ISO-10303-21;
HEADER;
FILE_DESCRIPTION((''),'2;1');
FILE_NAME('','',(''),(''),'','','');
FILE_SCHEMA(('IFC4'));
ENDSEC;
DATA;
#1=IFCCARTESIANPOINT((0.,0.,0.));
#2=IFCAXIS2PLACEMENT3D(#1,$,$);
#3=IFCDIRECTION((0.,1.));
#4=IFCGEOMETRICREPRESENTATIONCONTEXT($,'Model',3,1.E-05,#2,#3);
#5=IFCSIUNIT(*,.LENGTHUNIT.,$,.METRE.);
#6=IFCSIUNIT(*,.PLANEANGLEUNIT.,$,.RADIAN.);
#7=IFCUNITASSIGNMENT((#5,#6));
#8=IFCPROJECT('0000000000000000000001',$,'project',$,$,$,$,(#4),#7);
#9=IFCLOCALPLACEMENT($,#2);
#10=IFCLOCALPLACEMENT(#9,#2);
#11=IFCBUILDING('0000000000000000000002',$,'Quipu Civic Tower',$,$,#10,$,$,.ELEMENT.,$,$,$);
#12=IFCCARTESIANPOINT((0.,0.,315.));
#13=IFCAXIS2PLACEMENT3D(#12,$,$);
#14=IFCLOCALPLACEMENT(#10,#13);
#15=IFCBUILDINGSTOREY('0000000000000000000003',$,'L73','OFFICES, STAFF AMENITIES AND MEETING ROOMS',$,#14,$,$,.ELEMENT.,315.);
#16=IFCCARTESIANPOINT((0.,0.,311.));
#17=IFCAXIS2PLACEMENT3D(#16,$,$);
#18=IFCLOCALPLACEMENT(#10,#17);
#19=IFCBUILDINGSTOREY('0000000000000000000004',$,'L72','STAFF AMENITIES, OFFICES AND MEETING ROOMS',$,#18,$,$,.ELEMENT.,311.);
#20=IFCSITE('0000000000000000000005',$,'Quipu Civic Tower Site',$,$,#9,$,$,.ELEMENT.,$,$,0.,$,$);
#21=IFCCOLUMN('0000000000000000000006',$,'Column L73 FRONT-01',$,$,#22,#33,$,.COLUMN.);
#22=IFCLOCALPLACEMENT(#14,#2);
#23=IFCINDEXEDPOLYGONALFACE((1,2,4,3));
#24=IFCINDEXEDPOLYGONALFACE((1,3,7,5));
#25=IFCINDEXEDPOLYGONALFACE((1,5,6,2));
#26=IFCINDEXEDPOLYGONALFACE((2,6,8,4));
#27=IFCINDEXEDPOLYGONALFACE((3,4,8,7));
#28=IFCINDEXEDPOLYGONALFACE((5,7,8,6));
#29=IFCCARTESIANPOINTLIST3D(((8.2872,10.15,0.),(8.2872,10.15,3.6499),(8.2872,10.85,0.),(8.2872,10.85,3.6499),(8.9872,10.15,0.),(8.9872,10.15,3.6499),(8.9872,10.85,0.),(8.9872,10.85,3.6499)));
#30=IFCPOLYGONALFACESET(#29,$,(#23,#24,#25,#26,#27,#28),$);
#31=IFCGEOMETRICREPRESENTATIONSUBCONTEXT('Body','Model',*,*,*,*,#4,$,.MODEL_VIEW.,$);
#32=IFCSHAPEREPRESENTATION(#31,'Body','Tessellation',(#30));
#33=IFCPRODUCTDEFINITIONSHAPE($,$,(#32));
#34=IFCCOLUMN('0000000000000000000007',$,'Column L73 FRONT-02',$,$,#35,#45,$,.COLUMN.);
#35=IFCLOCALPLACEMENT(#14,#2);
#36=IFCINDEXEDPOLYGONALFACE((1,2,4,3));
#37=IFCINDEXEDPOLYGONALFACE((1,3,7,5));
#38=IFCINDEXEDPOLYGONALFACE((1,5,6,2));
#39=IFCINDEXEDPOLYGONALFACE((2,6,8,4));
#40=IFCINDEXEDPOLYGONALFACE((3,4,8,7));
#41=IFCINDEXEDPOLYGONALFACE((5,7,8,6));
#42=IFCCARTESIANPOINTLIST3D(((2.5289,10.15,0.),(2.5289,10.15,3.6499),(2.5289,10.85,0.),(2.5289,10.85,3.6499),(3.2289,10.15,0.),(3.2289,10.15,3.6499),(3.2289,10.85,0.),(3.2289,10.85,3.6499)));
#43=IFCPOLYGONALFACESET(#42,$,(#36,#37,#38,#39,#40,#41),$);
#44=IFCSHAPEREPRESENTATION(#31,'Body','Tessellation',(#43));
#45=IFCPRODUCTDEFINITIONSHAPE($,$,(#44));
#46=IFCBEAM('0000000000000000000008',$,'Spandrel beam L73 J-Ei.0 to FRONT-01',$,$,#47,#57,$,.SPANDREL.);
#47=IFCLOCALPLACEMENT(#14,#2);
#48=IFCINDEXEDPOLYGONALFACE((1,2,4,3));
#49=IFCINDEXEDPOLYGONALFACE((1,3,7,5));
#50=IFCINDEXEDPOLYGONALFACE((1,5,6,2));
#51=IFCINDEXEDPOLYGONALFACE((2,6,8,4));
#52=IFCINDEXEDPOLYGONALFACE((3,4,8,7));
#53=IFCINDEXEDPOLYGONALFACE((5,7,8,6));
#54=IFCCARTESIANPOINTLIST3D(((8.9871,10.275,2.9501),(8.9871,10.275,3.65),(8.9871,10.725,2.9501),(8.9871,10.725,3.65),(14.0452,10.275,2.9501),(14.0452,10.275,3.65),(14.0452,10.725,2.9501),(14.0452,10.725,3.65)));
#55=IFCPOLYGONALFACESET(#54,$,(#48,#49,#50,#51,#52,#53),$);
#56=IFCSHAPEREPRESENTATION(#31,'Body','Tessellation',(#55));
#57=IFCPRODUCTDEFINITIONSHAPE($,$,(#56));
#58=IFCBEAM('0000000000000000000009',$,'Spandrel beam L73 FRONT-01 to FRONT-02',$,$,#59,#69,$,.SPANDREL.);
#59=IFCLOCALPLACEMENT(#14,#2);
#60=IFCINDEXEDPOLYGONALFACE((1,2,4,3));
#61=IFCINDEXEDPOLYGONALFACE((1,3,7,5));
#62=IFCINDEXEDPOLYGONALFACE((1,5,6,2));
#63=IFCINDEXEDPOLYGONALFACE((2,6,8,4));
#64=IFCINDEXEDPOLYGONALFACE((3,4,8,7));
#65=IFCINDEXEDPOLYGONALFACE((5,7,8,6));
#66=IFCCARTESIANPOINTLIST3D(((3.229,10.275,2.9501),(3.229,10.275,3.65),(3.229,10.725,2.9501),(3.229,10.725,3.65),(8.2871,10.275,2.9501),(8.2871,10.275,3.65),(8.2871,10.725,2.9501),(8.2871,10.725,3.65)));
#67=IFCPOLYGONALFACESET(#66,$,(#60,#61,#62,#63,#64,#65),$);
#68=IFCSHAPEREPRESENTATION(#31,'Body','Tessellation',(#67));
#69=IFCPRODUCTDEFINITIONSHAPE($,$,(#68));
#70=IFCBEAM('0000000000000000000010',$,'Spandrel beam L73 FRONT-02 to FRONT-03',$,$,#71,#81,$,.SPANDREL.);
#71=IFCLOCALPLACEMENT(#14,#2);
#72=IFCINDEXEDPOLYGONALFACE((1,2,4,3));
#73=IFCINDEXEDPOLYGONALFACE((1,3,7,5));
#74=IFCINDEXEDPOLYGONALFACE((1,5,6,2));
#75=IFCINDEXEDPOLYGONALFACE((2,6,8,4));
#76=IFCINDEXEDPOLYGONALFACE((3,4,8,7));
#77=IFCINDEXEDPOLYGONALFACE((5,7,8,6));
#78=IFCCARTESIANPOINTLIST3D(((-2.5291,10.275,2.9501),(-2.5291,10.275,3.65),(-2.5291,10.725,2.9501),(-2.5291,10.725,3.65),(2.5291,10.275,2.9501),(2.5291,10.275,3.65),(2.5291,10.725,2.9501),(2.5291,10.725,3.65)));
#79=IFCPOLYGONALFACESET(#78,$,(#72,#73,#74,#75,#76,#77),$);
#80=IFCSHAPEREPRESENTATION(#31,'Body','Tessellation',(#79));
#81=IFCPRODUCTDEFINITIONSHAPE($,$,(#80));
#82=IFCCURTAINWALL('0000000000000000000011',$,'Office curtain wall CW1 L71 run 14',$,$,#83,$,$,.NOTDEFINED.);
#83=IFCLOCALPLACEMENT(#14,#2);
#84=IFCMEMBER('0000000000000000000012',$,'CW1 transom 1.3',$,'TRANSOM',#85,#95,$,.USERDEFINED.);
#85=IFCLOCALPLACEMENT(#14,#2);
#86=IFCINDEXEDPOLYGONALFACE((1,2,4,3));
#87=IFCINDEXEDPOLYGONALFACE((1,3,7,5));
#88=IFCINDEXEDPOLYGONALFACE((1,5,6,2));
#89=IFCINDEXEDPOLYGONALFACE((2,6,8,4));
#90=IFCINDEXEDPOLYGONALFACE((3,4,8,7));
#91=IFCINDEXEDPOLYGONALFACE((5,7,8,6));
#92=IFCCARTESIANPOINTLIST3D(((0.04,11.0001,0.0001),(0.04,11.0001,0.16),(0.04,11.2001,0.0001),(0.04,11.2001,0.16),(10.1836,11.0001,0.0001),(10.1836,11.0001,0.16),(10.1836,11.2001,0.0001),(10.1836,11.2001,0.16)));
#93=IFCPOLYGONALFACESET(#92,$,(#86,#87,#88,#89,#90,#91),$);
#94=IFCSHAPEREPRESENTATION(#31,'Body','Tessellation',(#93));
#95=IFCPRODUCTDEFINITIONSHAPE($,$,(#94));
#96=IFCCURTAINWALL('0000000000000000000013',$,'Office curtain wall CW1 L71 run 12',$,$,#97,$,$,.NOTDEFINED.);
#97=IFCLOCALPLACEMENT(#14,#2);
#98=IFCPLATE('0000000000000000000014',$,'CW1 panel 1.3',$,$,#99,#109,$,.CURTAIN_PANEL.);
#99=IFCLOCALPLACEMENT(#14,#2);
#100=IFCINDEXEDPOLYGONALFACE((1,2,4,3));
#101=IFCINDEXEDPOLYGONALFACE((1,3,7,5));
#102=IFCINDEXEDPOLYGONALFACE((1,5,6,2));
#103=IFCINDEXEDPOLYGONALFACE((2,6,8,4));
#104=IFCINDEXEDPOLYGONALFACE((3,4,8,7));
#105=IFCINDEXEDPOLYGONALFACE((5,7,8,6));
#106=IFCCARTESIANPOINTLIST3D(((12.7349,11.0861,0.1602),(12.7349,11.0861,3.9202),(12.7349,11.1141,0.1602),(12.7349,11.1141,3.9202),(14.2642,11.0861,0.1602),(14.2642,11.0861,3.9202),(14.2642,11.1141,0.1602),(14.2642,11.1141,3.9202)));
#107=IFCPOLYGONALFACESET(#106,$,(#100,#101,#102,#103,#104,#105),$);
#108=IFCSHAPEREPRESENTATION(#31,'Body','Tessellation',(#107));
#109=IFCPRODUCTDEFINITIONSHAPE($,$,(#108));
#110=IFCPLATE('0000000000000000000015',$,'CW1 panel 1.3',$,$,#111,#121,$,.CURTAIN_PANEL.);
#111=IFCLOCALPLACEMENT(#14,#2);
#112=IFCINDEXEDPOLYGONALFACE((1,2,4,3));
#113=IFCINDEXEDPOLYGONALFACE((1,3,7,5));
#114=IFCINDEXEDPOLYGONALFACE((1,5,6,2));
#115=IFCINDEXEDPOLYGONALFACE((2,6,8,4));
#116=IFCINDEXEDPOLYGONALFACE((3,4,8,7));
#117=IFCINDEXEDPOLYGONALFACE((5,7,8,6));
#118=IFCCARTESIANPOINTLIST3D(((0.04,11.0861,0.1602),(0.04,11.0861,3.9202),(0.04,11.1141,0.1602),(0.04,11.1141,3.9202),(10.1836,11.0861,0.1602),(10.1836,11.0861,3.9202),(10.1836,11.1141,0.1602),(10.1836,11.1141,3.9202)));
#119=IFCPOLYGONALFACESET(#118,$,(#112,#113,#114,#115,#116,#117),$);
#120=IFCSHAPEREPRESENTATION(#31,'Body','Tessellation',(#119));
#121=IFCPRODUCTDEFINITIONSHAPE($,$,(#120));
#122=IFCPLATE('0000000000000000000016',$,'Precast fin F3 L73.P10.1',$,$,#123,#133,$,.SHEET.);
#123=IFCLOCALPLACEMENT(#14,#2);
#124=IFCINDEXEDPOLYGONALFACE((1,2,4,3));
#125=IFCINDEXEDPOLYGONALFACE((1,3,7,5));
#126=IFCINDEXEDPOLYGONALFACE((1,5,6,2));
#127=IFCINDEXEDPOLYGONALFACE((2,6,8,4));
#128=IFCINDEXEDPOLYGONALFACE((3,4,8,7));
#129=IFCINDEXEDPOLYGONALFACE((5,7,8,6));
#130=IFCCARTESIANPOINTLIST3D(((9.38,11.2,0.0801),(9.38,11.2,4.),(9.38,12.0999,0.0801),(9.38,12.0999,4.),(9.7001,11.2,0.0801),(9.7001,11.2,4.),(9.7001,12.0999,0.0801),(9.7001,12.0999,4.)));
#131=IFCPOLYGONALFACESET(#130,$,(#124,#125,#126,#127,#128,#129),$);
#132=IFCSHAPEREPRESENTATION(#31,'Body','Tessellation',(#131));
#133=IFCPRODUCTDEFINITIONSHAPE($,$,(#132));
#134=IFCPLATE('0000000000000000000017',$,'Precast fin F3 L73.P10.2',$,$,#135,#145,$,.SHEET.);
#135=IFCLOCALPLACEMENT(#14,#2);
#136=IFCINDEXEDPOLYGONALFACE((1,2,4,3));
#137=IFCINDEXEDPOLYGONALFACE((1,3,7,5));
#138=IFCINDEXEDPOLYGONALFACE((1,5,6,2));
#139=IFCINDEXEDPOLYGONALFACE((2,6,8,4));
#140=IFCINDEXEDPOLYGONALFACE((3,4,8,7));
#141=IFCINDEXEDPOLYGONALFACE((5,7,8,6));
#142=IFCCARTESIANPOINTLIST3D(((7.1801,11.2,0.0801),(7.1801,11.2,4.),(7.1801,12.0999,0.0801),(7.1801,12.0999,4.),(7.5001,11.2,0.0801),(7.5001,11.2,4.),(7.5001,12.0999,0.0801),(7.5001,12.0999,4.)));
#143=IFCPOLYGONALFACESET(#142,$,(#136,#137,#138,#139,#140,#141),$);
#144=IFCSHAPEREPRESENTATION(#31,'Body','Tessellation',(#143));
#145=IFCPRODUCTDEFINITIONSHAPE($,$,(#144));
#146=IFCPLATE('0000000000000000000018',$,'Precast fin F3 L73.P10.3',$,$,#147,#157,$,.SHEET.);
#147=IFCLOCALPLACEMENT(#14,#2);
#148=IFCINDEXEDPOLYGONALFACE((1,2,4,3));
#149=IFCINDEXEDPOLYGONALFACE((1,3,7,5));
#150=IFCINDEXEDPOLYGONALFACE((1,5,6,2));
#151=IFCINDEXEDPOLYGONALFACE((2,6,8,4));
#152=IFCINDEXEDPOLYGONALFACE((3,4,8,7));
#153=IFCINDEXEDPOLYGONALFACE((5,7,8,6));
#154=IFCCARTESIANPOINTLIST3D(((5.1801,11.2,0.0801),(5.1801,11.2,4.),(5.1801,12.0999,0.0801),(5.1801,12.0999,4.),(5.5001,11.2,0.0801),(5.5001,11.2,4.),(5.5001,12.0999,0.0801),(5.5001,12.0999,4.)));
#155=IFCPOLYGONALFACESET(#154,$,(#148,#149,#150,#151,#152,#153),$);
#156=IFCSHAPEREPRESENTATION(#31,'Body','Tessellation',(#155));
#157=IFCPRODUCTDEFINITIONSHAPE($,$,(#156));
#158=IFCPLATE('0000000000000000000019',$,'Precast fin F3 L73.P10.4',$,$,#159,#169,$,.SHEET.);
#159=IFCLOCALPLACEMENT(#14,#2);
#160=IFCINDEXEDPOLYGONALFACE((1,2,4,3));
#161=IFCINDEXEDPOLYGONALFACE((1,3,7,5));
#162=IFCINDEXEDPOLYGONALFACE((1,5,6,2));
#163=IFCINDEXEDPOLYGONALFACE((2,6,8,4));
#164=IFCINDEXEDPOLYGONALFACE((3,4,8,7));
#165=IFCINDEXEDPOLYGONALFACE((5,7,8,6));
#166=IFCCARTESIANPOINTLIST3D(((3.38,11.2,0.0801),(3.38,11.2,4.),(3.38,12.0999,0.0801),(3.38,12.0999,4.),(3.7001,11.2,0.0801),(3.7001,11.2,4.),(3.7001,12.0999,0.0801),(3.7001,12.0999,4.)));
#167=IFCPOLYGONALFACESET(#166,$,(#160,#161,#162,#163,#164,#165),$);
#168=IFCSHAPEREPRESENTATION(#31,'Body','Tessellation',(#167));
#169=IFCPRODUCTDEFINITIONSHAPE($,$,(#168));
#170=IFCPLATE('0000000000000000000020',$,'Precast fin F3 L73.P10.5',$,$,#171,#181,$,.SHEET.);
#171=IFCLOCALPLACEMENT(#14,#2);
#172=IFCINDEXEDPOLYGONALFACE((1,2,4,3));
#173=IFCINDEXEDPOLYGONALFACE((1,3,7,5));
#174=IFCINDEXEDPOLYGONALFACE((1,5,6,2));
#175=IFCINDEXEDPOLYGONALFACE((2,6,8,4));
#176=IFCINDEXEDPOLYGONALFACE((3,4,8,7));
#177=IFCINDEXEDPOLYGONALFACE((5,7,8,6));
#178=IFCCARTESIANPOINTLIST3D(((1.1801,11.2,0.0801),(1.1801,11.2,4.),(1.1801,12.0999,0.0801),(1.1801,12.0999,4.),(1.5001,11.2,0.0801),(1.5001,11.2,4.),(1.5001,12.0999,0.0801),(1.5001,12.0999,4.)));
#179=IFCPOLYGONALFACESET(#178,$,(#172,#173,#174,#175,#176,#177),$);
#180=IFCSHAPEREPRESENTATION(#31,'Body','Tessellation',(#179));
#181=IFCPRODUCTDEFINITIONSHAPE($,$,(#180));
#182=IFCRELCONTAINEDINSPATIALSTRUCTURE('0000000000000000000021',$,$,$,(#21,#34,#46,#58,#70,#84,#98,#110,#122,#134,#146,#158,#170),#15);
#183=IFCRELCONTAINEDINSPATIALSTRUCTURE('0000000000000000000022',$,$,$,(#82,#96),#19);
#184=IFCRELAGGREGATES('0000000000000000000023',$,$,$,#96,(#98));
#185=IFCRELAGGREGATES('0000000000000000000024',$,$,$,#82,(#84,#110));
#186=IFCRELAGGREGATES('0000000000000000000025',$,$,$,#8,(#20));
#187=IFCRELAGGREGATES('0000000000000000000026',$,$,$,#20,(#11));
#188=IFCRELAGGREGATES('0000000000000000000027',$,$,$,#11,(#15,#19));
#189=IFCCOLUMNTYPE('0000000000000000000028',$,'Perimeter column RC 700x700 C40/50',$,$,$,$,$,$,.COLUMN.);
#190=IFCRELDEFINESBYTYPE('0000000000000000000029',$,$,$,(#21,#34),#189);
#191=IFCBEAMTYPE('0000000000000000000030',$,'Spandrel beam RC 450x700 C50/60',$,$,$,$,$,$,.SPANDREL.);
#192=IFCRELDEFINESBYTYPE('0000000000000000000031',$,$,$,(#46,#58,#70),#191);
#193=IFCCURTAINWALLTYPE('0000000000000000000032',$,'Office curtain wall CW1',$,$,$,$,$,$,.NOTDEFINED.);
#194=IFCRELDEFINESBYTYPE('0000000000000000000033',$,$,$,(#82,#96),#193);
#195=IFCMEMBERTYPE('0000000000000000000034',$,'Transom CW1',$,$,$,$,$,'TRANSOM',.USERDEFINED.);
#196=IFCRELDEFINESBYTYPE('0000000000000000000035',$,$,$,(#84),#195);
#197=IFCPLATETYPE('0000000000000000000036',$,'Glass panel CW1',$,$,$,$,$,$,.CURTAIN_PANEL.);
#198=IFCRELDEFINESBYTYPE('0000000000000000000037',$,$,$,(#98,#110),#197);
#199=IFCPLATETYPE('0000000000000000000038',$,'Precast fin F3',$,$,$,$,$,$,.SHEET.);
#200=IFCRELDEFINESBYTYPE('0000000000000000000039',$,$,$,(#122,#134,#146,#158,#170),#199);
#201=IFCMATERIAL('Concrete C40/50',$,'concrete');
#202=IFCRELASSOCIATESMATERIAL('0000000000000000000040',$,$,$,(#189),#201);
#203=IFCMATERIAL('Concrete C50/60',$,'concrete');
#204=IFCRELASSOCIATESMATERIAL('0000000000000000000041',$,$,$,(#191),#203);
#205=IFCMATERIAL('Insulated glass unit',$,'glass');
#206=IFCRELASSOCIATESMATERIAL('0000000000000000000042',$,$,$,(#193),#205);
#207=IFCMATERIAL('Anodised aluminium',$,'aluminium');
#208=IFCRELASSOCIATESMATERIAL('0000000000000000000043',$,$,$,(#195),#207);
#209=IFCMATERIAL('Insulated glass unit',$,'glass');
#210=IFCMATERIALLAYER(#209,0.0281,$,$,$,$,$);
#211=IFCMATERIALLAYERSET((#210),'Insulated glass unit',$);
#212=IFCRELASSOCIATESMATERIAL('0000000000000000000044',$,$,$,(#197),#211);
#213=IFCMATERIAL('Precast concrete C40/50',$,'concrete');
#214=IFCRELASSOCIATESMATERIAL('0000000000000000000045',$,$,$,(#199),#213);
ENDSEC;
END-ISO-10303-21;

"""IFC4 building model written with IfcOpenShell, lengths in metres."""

from ifc_helpers import new_model, si_unit, direction, frame, origin, origin_2d, place, context, subcontext, project, spatial, rectangle, extrude, material, layer, layer_set, material_profile, profile_set, type_object, element, aggregate, save


model = new_model("IFC4")

# Units and contexts
model_context = context("Model", 3, precision=1e-05, world=origin(), true_north=direction((0.0, 1.0)))
body_context = subcontext(model_context, "Body", "Model", "MODEL_VIEW")
ifc_project = project(units=[si_unit("LENGTHUNIT", "METRE"), si_unit("PLANEANGLEUNIT", "RADIAN")], contexts=[model_context])

# Site, building, storey
site_placement = place(None, origin())
site = spatial("IfcSite", under=ifc_project, at=site_placement, Name="Quipu Civic Tower Site", CompositionType="ELEMENT", RefElevation=0.0)
building_placement = place(site_placement, origin())
building = spatial("IfcBuilding", under=site, at=building_placement, Name="Quipu Civic Tower", CompositionType="ELEMENT")
storey_1_placement = place(building_placement, frame((0.0, 0.0, 315.0)))
storey_1 = spatial("IfcBuildingStorey", under=building, at=storey_1_placement, Name="L73", Description="OFFICES, STAFF AMENITIES AND MEETING ROOMS", CompositionType="ELEMENT", Elevation=315.0)

# Columns
ifc_material_1 = material(Name="Concrete C40/50", Category="concrete")
ifc_material_profile_1 = material_profile(ifc_material_1, rectangle(XDim=0.7, YDim=0.7, at=origin_2d()), Name="RC700x700")
ifc_profile_set_1 = profile_set([ifc_material_profile_1], Name="Concrete C40/50")
column_type = type_object("IfcColumnType", Name="Perimeter column RC 700x700 C40/50", PredefinedType="COLUMN", material=ifc_profile_set_1)
for number, where, z_axis, x_axis, name in (
    (1, (8.6372, 10.5, 0.0), (0.0, 0.0, 1.0), (-1.0, 0.0, 0.0), "Column L73 FRONT-01"),
    (2, (2.8789, 10.5, 0.0), (0.0, 0.0, 1.0), (-1.0, 0.0, 0.0), "Column L73 FRONT-02"),
):
    element("IfcColumn", number, at=place(storey_1_placement, frame(where, z_axis=z_axis, x_axis=x_axis)), inside=storey_1, type_object=column_type, Name=name, PredefinedType="COLUMN", context=body_context, shape_type="SweptSolid", body=[
        extrude(rectangle(XDim=0.7, YDim=0.7, at=origin_2d()), origin(), (0.0, 0.0, 1.0), 3.6499),
    ])

# Beams
ifc_material_2 = material(Name="Concrete C50/60", Category="concrete")
ifc_material_profile_2 = material_profile(ifc_material_2, rectangle(XDim=0.45, YDim=0.7, at=origin_2d()), Name="RC450x700")
ifc_profile_set_2 = profile_set([ifc_material_profile_2], Name="Concrete C50/60")
beam_type = type_object("IfcBeamType", Name="Spandrel beam RC 450x700 C50/60", PredefinedType="SPANDREL", material=ifc_profile_set_2)
for number, where, z_axis, x_axis, name in (
    (3, (14.0452, 10.5, 3.3), (-1.0, 0.0, 0.0), (0.0, -1.0, 0.0), "Spandrel beam L73 J-Ei.0 to FRONT-01"),
    (4, (8.2871, 10.5, 3.3), (-1.0, 0.0, 0.0), (0.0, -1.0, 0.0), "Spandrel beam L73 FRONT-01 to FRONT-02"),
    (5, (2.5291, 10.5, 3.3), (-1.0, 0.0, 0.0), (0.0, -1.0, 0.0), "Spandrel beam L73 FRONT-02 to FRONT-03"),
):
    element("IfcBeam", number, at=place(storey_1_placement, frame(where, z_axis=z_axis, x_axis=x_axis)), inside=storey_1, type_object=beam_type, Name=name, PredefinedType="SPANDREL", context=body_context, shape_type="SweptSolid", body=[
        extrude(rectangle(XDim=0.45, YDim=0.7, at=origin_2d()), origin(), (0.0, 0.0, 1.0), 5.0581),
    ])

# Shared definitions
storey_2_placement = place(building_placement, frame((0.0, 0.0, 311.0)))
storey_2 = spatial("IfcBuildingStorey", under=building, at=storey_2_placement, Name="L72", Description="STAFF AMENITIES, OFFICES AND MEETING ROOMS", CompositionType="ELEMENT", Elevation=311.0)

# Curtain wall, member
ifc_material_3 = material(Name="Insulated glass unit", Category="glass")
curtain_wall_type = type_object("IfcCurtainWallType", Name="Office curtain wall CW1", PredefinedType="NOTDEFINED", material=ifc_material_3)
curtain_wall_1_placement = place(storey_2_placement, origin())
curtain_wall_1 = element("IfcCurtainWall", 6, at=curtain_wall_1_placement, inside=storey_2, type_object=curtain_wall_type, Name="Office curtain wall CW1 L71 run 14", PredefinedType="NOTDEFINED")
ifc_material_4 = material(Name="Anodised aluminium", Category="aluminium")
ifc_material_profile_3 = material_profile(ifc_material_4, rectangle(XDim=0.2, YDim=0.1599, at=origin_2d()), Name="RECT 200x160")
ifc_profile_set_3 = profile_set([ifc_material_profile_3], Name="Anodised aluminium")
member_type = type_object("IfcMemberType", Name="Transom CW1", ElementType="TRANSOM", PredefinedType="USERDEFINED", material=ifc_profile_set_3)
member_placement = place(storey_1_placement, frame((10.1836, 11.1001, 0.0801), z_axis=(-1.0, 0.0, 0.0), x_axis=(0.0, -1.0, 0.0)))
member = element("IfcMember", 7, at=member_placement, inside=storey_1, type_object=member_type, Name="CW1 transom 1.3", ObjectType="TRANSOM", PredefinedType="USERDEFINED", context=body_context, shape_type="SweptSolid", body=[
    extrude(rectangle(XDim=0.2, YDim=0.1599, at=origin_2d()), origin(), (0.0, 0.0, 1.0), 10.1436),
])

# Curtain wall, plate
curtain_wall_2_placement = place(storey_2_placement, origin())
curtain_wall_2 = element("IfcCurtainWall", 8, at=curtain_wall_2_placement, inside=storey_2, type_object=curtain_wall_type, Name="Office curtain wall CW1 L71 run 12", PredefinedType="NOTDEFINED")
ifc_material_5 = material(Name="Insulated glass unit", Category="glass")
ifc_layer_1 = layer(ifc_material_5, 0.0281)
ifc_layer_set_1 = layer_set([ifc_layer_1], Name="Insulated glass unit")
plate_type_1 = type_object("IfcPlateType", Name="Glass panel CW1", PredefinedType="CURTAIN_PANEL", material=ifc_layer_set_1)
plate_1_placement = place(storey_1_placement, frame((13.4995, 11.1001, 0.1602), z_axis=(0.0, 0.0, 1.0), x_axis=(-1.0, 0.0, 0.0)))
plate_1 = element("IfcPlate", 9, at=plate_1_placement, inside=storey_1, type_object=plate_type_1, Name="CW1 panel 1.3", PredefinedType="CURTAIN_PANEL", context=body_context, shape_type="SweptSolid", body=[
    extrude(rectangle(XDim=1.5293, YDim=0.0281, at=origin_2d()), origin(), (0.0, 0.0, 1.0), 3.76),
])
aggregate(curtain_wall_2, [plate_1])

# Plate
plate_2_placement = place(storey_1_placement, frame((5.1118, 11.1001, 0.1602), z_axis=(0.0, 0.0, 1.0), x_axis=(-1.0, 0.0, 0.0)))
plate_2 = element("IfcPlate", 10, at=plate_2_placement, inside=storey_1, type_object=plate_type_1, Name="CW1 panel 1.3", PredefinedType="CURTAIN_PANEL", context=body_context, shape_type="SweptSolid", body=[
    extrude(rectangle(XDim=10.1436, YDim=0.0281, at=origin_2d()), origin(), (0.0, 0.0, 1.0), 3.76),
])
aggregate(curtain_wall_1, [member, plate_2])

# Plates
ifc_material_6 = material(Name="Precast concrete C40/50", Category="concrete")
plate_type_2 = type_object("IfcPlateType", Name="Precast fin F3", PredefinedType="SHEET", material=ifc_material_6)
for number, where, z_axis, x_axis, name in (
    (11, (9.54, 11.6499, 0.0801), (0.0, 0.0, 1.0), (-1.0, 0.0, 0.0), "Precast fin F3 L73.P10.1"),
    (12, (7.3401, 11.6499, 0.0801), (0.0, 0.0, 1.0), (-1.0, 0.0, 0.0), "Precast fin F3 L73.P10.2"),
    (13, (5.3401, 11.6499, 0.0801), (0.0, 0.0, 1.0), (-1.0, 0.0, 0.0), "Precast fin F3 L73.P10.3"),
    (14, (3.54, 11.6499, 0.0801), (0.0, 0.0, 1.0), (-1.0, 0.0, 0.0), "Precast fin F3 L73.P10.4"),
    (15, (1.3401, 11.6499, 0.0801), (0.0, 0.0, 1.0), (-1.0, 0.0, 0.0), "Precast fin F3 L73.P10.5"),
):
    element("IfcPlate", number, at=place(storey_1_placement, frame(where, z_axis=z_axis, x_axis=x_axis)), inside=storey_1, type_object=plate_type_2, Name=name, PredefinedType="SHEET", context=body_context, shape_type="SweptSolid", body=[
        extrude(rectangle(XDim=0.3201, YDim=0.8999, at=origin_2d()), origin(), (0.0, 0.0, 1.0), 3.9199),
    ])

save(model, "model.ifc")
